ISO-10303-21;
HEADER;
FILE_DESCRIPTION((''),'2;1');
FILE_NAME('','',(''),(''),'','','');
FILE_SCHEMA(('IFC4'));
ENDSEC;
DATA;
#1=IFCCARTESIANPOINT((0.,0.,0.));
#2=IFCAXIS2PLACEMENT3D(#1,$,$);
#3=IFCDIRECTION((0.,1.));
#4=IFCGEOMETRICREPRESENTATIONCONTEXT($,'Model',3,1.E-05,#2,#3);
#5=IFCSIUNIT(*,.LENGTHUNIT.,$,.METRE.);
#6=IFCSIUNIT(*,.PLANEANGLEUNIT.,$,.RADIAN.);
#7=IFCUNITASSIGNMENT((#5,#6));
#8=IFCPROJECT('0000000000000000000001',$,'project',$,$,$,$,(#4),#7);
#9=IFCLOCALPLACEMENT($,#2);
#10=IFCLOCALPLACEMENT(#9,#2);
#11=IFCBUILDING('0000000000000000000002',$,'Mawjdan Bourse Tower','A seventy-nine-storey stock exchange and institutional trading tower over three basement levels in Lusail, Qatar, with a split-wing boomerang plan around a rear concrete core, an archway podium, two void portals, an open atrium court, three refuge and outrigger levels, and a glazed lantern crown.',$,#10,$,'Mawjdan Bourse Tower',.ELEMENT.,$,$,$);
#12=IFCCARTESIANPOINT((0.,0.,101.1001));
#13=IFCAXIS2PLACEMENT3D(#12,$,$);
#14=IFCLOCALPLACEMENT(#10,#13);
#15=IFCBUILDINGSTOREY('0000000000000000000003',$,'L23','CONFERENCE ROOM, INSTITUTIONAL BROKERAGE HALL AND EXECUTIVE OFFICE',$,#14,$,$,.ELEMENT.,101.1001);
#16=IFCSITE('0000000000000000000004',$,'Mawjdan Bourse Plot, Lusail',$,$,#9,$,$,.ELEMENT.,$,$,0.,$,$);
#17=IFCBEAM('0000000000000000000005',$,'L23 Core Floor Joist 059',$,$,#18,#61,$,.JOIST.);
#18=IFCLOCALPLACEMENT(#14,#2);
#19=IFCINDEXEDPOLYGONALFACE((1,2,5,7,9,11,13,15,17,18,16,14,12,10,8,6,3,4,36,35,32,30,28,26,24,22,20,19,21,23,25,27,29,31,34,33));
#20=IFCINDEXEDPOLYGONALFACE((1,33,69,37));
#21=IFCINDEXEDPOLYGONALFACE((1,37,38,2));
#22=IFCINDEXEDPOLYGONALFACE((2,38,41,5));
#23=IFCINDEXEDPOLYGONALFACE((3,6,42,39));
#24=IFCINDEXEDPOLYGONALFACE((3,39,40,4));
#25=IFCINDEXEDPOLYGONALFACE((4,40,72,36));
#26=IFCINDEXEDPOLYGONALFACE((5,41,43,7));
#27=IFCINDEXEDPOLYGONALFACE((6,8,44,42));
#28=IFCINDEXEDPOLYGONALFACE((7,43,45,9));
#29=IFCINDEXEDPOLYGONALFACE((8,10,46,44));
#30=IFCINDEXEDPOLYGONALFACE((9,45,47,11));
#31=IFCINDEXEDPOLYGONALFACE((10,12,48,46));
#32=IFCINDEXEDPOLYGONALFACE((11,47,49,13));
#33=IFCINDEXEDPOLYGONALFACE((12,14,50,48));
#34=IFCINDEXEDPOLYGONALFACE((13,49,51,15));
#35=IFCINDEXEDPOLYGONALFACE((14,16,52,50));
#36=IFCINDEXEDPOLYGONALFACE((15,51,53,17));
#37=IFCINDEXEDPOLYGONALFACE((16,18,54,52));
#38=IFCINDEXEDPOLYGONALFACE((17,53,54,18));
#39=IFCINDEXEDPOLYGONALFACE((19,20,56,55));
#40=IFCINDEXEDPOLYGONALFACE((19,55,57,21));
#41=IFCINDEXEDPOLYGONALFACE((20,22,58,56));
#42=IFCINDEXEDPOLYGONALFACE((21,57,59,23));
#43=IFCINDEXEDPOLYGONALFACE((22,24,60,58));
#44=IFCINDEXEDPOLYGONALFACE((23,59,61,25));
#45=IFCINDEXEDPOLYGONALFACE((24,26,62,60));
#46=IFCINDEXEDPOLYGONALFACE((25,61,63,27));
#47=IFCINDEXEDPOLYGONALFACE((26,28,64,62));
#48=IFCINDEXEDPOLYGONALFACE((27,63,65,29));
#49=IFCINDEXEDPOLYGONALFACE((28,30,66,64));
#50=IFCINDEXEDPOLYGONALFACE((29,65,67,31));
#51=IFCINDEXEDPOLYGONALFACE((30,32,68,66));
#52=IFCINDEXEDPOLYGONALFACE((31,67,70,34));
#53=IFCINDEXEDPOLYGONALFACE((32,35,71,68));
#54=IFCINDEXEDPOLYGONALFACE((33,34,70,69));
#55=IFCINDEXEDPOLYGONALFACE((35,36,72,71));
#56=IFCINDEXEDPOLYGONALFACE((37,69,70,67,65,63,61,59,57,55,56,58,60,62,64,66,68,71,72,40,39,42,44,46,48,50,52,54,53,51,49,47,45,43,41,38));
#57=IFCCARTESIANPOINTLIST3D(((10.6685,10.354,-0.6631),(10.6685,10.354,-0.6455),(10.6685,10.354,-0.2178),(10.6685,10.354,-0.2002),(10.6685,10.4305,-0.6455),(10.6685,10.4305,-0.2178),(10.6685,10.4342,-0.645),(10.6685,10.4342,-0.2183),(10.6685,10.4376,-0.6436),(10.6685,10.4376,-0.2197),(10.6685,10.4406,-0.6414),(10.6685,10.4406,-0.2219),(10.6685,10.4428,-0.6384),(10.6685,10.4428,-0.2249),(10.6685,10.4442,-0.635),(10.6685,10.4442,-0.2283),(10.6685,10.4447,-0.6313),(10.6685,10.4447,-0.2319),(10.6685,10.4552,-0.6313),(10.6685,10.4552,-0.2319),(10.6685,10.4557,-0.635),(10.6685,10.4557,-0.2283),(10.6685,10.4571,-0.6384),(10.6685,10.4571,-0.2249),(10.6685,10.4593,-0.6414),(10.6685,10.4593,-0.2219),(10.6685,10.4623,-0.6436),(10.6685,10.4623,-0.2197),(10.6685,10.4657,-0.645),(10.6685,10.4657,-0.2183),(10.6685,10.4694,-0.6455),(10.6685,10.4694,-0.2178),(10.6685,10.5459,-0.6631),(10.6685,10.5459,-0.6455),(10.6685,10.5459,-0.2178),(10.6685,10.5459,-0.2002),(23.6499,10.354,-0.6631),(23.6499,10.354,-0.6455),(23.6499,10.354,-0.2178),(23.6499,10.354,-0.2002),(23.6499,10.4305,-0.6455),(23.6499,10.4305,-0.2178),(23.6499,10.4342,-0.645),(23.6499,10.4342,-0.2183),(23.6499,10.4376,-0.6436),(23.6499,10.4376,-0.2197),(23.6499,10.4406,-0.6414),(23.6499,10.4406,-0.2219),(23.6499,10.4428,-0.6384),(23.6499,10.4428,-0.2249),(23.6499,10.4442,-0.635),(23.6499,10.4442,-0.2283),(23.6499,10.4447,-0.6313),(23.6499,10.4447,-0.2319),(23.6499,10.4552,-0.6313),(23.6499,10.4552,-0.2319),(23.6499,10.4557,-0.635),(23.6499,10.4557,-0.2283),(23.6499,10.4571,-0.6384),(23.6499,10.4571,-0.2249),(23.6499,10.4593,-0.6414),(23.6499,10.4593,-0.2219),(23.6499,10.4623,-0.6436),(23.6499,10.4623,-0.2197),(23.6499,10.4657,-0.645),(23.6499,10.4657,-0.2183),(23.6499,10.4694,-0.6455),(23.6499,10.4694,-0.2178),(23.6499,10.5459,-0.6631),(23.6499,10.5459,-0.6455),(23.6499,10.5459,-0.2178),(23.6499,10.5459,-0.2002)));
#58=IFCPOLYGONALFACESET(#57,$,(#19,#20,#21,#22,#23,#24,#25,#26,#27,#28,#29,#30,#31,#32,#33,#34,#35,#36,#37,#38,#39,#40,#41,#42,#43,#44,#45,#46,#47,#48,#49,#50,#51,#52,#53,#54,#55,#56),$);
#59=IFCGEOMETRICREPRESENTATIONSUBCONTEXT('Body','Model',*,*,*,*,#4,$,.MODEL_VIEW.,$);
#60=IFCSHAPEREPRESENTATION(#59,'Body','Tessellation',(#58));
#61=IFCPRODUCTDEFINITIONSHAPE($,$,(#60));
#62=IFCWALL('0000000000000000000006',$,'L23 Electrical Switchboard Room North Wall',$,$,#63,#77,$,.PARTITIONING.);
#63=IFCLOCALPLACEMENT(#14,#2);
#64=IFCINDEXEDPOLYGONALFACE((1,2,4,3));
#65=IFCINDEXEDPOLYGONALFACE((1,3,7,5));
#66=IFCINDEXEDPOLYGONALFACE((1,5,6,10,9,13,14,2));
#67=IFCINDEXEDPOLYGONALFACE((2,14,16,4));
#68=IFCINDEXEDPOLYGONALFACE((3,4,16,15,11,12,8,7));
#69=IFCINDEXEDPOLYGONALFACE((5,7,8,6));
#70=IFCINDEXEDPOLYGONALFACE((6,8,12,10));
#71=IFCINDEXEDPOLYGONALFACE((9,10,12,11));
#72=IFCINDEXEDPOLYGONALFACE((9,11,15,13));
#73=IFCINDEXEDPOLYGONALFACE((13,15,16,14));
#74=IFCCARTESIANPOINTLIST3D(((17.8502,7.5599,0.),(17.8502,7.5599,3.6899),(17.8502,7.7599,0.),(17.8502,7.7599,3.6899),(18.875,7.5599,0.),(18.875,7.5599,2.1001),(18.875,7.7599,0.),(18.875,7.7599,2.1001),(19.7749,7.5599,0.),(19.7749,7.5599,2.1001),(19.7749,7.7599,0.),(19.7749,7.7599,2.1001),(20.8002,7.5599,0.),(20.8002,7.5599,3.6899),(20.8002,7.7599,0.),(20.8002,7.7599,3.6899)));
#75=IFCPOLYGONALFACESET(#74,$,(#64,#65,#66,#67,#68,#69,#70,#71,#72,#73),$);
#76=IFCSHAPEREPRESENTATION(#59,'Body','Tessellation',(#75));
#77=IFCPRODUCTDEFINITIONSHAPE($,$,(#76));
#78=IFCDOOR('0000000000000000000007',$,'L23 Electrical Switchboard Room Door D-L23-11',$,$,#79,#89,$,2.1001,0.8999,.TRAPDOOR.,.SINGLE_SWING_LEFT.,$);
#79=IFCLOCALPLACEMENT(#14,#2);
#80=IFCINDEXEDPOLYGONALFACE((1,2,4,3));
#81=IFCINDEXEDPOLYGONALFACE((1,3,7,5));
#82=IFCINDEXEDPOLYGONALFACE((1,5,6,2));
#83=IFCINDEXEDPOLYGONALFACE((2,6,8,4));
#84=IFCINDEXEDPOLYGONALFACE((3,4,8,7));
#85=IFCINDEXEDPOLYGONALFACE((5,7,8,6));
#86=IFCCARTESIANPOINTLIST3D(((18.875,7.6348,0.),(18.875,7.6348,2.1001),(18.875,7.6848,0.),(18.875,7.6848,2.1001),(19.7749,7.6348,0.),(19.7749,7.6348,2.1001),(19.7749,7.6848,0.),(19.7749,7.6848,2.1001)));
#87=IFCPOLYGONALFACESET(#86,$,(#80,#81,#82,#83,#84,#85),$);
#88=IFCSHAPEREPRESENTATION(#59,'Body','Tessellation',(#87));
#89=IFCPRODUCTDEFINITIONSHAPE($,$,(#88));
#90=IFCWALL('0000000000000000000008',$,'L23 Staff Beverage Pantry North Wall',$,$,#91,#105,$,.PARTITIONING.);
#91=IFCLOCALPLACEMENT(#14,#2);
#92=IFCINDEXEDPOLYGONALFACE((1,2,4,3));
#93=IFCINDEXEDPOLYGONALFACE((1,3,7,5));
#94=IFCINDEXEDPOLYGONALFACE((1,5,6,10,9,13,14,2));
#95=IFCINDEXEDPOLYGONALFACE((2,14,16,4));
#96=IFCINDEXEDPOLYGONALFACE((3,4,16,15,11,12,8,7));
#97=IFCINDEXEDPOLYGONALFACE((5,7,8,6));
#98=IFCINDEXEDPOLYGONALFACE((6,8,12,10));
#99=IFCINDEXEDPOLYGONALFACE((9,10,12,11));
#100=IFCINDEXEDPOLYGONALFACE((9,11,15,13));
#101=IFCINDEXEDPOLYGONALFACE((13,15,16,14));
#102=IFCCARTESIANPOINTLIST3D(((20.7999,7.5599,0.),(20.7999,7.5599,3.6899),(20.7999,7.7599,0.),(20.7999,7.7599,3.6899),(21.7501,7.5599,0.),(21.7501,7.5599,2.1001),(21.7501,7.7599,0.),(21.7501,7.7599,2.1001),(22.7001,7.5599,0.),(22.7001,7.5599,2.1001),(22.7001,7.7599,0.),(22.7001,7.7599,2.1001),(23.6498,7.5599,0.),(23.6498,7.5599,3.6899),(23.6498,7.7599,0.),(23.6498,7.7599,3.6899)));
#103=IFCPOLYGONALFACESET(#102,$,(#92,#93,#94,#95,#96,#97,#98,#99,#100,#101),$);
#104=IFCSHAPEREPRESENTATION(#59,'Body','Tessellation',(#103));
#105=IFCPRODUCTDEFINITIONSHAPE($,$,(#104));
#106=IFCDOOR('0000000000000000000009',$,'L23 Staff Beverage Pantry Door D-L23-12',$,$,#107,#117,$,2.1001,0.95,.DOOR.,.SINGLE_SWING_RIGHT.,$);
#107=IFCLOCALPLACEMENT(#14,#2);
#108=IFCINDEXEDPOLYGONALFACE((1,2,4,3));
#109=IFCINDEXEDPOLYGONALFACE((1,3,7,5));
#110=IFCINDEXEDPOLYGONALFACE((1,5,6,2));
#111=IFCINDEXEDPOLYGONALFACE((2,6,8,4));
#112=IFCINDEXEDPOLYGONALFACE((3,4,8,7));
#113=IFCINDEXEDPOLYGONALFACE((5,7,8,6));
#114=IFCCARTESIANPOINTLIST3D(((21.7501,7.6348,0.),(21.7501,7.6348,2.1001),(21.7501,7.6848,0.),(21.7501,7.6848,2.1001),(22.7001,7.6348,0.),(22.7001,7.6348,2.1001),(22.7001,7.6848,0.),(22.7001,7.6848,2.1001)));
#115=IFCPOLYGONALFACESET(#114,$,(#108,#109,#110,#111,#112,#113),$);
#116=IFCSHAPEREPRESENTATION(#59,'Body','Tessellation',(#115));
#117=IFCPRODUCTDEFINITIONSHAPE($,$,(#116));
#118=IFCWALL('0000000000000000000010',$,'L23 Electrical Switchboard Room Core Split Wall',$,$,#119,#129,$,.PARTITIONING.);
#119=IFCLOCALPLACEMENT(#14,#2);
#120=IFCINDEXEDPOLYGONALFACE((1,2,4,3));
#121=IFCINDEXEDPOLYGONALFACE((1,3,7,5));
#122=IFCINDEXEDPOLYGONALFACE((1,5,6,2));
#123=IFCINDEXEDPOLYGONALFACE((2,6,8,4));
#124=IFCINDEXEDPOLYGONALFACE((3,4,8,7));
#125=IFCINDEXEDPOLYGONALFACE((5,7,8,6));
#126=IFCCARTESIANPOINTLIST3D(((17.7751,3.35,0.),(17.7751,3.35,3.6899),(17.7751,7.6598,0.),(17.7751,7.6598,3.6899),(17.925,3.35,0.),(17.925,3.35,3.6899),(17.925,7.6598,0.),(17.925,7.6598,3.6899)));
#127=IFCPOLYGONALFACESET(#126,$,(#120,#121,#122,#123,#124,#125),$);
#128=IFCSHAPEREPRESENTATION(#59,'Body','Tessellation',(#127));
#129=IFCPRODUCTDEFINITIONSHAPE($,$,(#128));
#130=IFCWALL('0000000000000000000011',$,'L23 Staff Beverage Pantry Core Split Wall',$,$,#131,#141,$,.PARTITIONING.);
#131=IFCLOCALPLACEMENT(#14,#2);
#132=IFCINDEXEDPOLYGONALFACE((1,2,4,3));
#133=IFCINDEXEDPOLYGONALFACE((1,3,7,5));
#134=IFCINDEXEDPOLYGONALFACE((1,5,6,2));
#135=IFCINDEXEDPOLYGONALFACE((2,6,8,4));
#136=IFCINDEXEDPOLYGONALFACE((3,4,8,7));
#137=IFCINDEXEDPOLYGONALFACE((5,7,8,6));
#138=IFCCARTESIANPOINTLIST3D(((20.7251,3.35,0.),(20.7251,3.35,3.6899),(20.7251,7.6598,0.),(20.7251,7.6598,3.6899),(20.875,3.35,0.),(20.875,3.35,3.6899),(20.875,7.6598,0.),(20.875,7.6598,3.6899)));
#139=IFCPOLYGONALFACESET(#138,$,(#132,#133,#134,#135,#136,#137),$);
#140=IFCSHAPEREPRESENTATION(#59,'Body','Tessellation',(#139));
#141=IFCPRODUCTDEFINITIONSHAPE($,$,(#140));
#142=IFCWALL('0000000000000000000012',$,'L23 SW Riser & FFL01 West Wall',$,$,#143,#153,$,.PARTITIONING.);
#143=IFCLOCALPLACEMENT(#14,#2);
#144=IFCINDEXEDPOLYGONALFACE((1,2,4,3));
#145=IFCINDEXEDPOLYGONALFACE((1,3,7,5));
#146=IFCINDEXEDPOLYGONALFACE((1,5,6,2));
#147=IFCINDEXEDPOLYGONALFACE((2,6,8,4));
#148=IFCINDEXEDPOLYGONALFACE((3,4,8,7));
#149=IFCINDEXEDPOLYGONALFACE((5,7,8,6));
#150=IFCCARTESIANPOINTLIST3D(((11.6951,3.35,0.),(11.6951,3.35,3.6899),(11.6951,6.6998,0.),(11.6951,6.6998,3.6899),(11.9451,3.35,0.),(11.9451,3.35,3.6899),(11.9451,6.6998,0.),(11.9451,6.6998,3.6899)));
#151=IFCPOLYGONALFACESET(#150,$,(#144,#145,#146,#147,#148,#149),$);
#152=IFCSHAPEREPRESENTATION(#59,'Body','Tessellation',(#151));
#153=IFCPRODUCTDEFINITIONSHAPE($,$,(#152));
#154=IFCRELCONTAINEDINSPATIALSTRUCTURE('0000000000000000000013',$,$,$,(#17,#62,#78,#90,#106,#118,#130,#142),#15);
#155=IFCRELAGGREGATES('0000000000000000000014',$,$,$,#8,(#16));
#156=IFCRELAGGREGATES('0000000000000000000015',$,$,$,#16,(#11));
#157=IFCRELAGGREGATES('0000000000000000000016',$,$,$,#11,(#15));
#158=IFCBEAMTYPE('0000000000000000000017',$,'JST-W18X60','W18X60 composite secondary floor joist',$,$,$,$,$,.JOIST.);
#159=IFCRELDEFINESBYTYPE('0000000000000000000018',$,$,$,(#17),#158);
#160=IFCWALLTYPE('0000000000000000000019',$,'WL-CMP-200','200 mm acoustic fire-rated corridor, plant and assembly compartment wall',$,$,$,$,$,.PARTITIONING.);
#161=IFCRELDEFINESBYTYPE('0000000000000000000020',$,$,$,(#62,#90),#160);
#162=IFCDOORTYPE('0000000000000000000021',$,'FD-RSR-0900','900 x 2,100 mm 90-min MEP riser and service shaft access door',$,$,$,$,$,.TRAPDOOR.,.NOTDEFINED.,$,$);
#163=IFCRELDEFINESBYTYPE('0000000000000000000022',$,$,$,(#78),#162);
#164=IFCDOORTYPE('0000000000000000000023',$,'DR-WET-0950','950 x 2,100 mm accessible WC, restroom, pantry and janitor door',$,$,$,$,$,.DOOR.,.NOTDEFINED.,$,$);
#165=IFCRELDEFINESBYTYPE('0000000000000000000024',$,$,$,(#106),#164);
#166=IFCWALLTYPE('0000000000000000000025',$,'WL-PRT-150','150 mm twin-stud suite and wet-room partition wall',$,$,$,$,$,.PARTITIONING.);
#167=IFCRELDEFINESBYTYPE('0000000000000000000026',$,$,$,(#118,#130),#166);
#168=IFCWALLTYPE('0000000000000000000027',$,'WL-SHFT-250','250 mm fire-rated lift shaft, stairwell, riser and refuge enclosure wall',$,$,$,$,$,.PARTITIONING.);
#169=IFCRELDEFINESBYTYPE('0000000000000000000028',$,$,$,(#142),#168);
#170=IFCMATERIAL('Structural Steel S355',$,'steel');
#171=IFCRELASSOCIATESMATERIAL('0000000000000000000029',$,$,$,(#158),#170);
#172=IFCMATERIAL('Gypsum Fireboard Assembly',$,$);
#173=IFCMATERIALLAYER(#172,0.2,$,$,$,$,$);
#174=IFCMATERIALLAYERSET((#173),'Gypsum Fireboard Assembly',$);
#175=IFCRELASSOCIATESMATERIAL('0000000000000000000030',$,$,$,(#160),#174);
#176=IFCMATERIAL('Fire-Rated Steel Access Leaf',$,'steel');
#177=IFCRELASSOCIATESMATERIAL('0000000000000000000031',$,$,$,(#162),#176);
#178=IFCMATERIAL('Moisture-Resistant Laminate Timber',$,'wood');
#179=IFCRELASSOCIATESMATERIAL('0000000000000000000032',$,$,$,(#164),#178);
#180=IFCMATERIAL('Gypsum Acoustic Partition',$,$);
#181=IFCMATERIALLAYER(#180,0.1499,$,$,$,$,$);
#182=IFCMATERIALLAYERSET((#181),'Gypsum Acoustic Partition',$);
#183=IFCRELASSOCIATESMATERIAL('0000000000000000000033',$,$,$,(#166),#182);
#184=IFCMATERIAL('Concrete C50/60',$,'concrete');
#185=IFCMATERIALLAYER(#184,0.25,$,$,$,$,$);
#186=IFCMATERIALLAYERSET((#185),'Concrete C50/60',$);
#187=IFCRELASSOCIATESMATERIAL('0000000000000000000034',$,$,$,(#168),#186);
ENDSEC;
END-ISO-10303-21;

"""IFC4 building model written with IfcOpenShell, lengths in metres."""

from ifc_helpers import new_model, si_unit, direction, frame, frame_2d, origin, origin_2d, place, context, subcontext, project, spatial, rectangle, i_section, extrude, material, layer, layer_set, material_profile, profile_set, type_object, element, fill, save


model = new_model("IFC4")

# Units and contexts
model_context = context("Model", 3, precision=1e-05, world=origin(), true_north=direction((0.0, 1.0)))
body_context = subcontext(model_context, "Body", "Model", "MODEL_VIEW")
ifc_project = project(units=[si_unit("LENGTHUNIT", "METRE"), si_unit("PLANEANGLEUNIT", "RADIAN")], contexts=[model_context])

# Site, building, storey
site_placement = place(None, origin())
site = spatial("IfcSite", under=ifc_project, at=site_placement, Name="Mawjdan Bourse Plot, Lusail", CompositionType="ELEMENT", RefElevation=0.0)
building_placement = place(site_placement, origin())
building = spatial("IfcBuilding", under=site, at=building_placement, Name="Mawjdan Bourse Tower", Description="A seventy-nine-storey stock exchange and institutional trading tower over three basement levels in Lusail, Qatar, with a split-wing boomerang plan around a rear concrete core, an archway podium, two void portals, an open atrium court, three refuge and outrigger levels, and a glazed lantern crown.", LongName="Mawjdan Bourse Tower", CompositionType="ELEMENT")
storey_placement = place(building_placement, frame((0.0, 0.0, 101.1001)))
storey = spatial("IfcBuildingStorey", under=building, at=storey_placement, Name="L23", Description="CONFERENCE ROOM, INSTITUTIONAL BROKERAGE HALL AND EXECUTIVE OFFICE", CompositionType="ELEMENT", Elevation=101.1001)

# Beam
ifc_material_1 = material(Name="Structural Steel S355", Category="steel")
ifc_material_profile = material_profile(ifc_material_1, i_section(OverallWidth=0.1919, OverallDepth=0.4629, WebThickness=0.0105, FlangeThickness=0.0176, FilletRadius=0.0142, at=origin_2d()), Name="W18X60")
ifc_profile_set = profile_set([ifc_material_profile], Name="Structural Steel S355")
beam_type = type_object("IfcBeamType", Name="JST-W18X60", Description="W18X60 composite secondary floor joist", PredefinedType="JOIST", material=ifc_profile_set)
beam_placement = place(storey_placement, frame((10.6685, 10.45, -0.4316), z_axis=(1.0, 0.0, 0.0), x_axis=(0.0, 1.0, 0.0)))
element("IfcBeam", 1, at=beam_placement, inside=storey, type_object=beam_type, Name="L23 Core Floor Joist 059", PredefinedType="JOIST", context=body_context, shape_type="SweptSolid", body=[
    extrude(i_section(OverallWidth=0.1919, OverallDepth=0.4629, WebThickness=0.0105, FlangeThickness=0.0176, FilletRadius=0.0142, at=origin_2d()), origin(), (0.0, 0.0, 1.0), 12.9814),
])

# Walls, openings, doors
ifc_material_2 = material(Name="Gypsum Fireboard Assembly")
ifc_layer_1 = layer(ifc_material_2, 0.2)
ifc_layer_set_1 = layer_set([ifc_layer_1], Name="Gypsum Fireboard Assembly")
wall_type_1 = type_object("IfcWallType", Name="WL-CMP-200", Description="200 mm acoustic fire-rated corridor, plant and assembly compartment wall", PredefinedType="PARTITIONING", material=ifc_layer_set_1)
wall_1_placement = place(storey_placement, frame((17.8501, 7.6599, 0.0), z_axis=(0.0, 0.0, 1.0), x_axis=(1.0, 0.0, 0.0)))
wall_1 = element("IfcWall", 2, at=wall_1_placement, inside=storey, type_object=wall_type_1, Name="L23 Electrical Switchboard Room North Wall", PredefinedType="PARTITIONING", context=body_context, shape_type="SweptSolid", body=[
    extrude(rectangle(XDim=2.95, YDim=0.2, at=frame_2d((1.4751, 0.0))), origin(), (0.0, 0.0, 1.0), 3.6899),
])
opening_1_placement = place(wall_1_placement, frame((1.0249, 0.0, 0.0)))
opening_1 = element("IfcOpeningElement", 3, at=opening_1_placement, cuts=wall_1, PredefinedType="OPENING", context=body_context, shape_type="SweptSolid", body=[
    extrude(rectangle(XDim=0.8999, YDim=2.1001, at=frame_2d((0.45, 1.05))), frame((0.0, 0.1099, 0.0), z_axis=(0.0, -1.0, 0.0), x_axis=(1.0, 0.0, 0.0)), (0.0, 0.0, 1.0), 0.22),
])
ifc_material_3 = material(Name="Fire-Rated Steel Access Leaf", Category="steel")
door_type_1 = type_object("IfcDoorType", Name="FD-RSR-0900", Description="900 x 2,100 mm 90-min MEP riser and service shaft access door", OperationType="NOTDEFINED", PredefinedType="TRAPDOOR", material=ifc_material_3)
door_1_placement = place(opening_1_placement, origin())
door_1 = element("IfcDoor", 4, at=door_1_placement, inside=storey, type_object=door_type_1, Name="L23 Electrical Switchboard Room Door D-L23-11", OperationType="SINGLE_SWING_LEFT", OverallHeight=2.1001, OverallWidth=0.8999, PredefinedType="TRAPDOOR", context=body_context, shape_type="SweptSolid", body=[
    extrude(rectangle(XDim=0.8999, YDim=2.1001, at=frame_2d((0.45, 1.05))), frame((0.0, 0.0249, 0.0), z_axis=(0.0, -1.0, 0.0), x_axis=(1.0, 0.0, 0.0)), (0.0, 0.0, 1.0), 0.05),
])
fill(opening_1, door_1)
wall_2_placement = place(storey_placement, frame((20.8, 7.6599, 0.0), z_axis=(0.0, 0.0, 1.0), x_axis=(1.0, 0.0, 0.0)))
wall_2 = element("IfcWall", 5, at=wall_2_placement, inside=storey, type_object=wall_type_1, Name="L23 Staff Beverage Pantry North Wall", PredefinedType="PARTITIONING", context=body_context, shape_type="SweptSolid", body=[
    extrude(rectangle(XDim=2.8499, YDim=0.2, at=frame_2d((1.4248, 0.0))), origin(), (0.0, 0.0, 1.0), 3.6899),
])
opening_2_placement = place(wall_2_placement, frame((0.95, 0.0, 0.0)))
opening_2 = element("IfcOpeningElement", 6, at=opening_2_placement, cuts=wall_2, PredefinedType="OPENING", context=body_context, shape_type="SweptSolid", body=[
    extrude(rectangle(XDim=0.95, YDim=2.1001, at=frame_2d((0.4751, 1.05))), frame((0.0, 0.1099, 0.0), z_axis=(0.0, -1.0, 0.0), x_axis=(1.0, 0.0, 0.0)), (0.0, 0.0, 1.0), 0.22),
])
ifc_material_4 = material(Name="Moisture-Resistant Laminate Timber", Category="wood")
door_type_2 = type_object("IfcDoorType", Name="DR-WET-0950", Description="950 x 2,100 mm accessible WC, restroom, pantry and janitor door", OperationType="NOTDEFINED", PredefinedType="DOOR", material=ifc_material_4)
door_2_placement = place(opening_2_placement, origin())
door_2 = element("IfcDoor", 7, at=door_2_placement, inside=storey, type_object=door_type_2, Name="L23 Staff Beverage Pantry Door D-L23-12", OperationType="SINGLE_SWING_RIGHT", OverallHeight=2.1001, OverallWidth=0.95, PredefinedType="DOOR", context=body_context, shape_type="SweptSolid", body=[
    extrude(rectangle(XDim=0.95, YDim=2.1001, at=frame_2d((0.4751, 1.05))), frame((0.0, 0.0249, 0.0), z_axis=(0.0, -1.0, 0.0), x_axis=(1.0, 0.0, 0.0)), (0.0, 0.0, 1.0), 0.05),
])
fill(opening_2, door_2)

# Walls
ifc_material_5 = material(Name="Gypsum Acoustic Partition")
ifc_layer_2 = layer(ifc_material_5, 0.1499)
ifc_layer_set_2 = layer_set([ifc_layer_2], Name="Gypsum Acoustic Partition")
wall_type_2 = type_object("IfcWallType", Name="WL-PRT-150", Description="150 mm twin-stud suite and wet-room partition wall", PredefinedType="PARTITIONING", material=ifc_layer_set_2)
for number, where, z_axis, x_axis, name in (
    (8, (17.8501, 3.3501, 0.0), (0.0, 0.0, 1.0), (0.0, 1.0, 0.0), "L23 Electrical Switchboard Room Core Split Wall"),
    (9, (20.8, 3.3501, 0.0), (0.0, 0.0, 1.0), (0.0, 1.0, 0.0), "L23 Staff Beverage Pantry Core Split Wall"),
):
    element("IfcWall", number, at=place(storey_placement, frame(where, z_axis=z_axis, x_axis=x_axis)), inside=storey, type_object=wall_type_2, Name=name, PredefinedType="PARTITIONING", context=body_context, shape_type="SweptSolid", body=[
        extrude(rectangle(XDim=4.3098, YDim=0.1499, at=frame_2d((2.1548, 0.0))), origin(), (0.0, 0.0, 1.0), 3.6899),
    ])
ifc_material_6 = material(Name="Concrete C50/60", Category="concrete")
ifc_layer_3 = layer(ifc_material_6, 0.25)
ifc_layer_set_3 = layer_set([ifc_layer_3], Name="Concrete C50/60")
wall_type_3 = type_object("IfcWallType", Name="WL-SHFT-250", Description="250 mm fire-rated lift shaft, stairwell, riser and refuge enclosure wall", PredefinedType="PARTITIONING", material=ifc_layer_set_3)
wall_3_placement = place(storey_placement, frame((11.8201, 3.3501, 0.0), z_axis=(0.0, 0.0, 1.0), x_axis=(0.0, 1.0, 0.0)))
element("IfcWall", 10, at=wall_3_placement, inside=storey, type_object=wall_type_3, Name="L23 SW Riser & FFL01 West Wall", PredefinedType="PARTITIONING", context=body_context, shape_type="SweptSolid", body=[
    extrude(rectangle(XDim=3.3499, YDim=0.25, at=frame_2d((1.6748, 0.0))), origin(), (0.0, 0.0, 1.0), 3.6899),
])

save(model, "model.ifc")
